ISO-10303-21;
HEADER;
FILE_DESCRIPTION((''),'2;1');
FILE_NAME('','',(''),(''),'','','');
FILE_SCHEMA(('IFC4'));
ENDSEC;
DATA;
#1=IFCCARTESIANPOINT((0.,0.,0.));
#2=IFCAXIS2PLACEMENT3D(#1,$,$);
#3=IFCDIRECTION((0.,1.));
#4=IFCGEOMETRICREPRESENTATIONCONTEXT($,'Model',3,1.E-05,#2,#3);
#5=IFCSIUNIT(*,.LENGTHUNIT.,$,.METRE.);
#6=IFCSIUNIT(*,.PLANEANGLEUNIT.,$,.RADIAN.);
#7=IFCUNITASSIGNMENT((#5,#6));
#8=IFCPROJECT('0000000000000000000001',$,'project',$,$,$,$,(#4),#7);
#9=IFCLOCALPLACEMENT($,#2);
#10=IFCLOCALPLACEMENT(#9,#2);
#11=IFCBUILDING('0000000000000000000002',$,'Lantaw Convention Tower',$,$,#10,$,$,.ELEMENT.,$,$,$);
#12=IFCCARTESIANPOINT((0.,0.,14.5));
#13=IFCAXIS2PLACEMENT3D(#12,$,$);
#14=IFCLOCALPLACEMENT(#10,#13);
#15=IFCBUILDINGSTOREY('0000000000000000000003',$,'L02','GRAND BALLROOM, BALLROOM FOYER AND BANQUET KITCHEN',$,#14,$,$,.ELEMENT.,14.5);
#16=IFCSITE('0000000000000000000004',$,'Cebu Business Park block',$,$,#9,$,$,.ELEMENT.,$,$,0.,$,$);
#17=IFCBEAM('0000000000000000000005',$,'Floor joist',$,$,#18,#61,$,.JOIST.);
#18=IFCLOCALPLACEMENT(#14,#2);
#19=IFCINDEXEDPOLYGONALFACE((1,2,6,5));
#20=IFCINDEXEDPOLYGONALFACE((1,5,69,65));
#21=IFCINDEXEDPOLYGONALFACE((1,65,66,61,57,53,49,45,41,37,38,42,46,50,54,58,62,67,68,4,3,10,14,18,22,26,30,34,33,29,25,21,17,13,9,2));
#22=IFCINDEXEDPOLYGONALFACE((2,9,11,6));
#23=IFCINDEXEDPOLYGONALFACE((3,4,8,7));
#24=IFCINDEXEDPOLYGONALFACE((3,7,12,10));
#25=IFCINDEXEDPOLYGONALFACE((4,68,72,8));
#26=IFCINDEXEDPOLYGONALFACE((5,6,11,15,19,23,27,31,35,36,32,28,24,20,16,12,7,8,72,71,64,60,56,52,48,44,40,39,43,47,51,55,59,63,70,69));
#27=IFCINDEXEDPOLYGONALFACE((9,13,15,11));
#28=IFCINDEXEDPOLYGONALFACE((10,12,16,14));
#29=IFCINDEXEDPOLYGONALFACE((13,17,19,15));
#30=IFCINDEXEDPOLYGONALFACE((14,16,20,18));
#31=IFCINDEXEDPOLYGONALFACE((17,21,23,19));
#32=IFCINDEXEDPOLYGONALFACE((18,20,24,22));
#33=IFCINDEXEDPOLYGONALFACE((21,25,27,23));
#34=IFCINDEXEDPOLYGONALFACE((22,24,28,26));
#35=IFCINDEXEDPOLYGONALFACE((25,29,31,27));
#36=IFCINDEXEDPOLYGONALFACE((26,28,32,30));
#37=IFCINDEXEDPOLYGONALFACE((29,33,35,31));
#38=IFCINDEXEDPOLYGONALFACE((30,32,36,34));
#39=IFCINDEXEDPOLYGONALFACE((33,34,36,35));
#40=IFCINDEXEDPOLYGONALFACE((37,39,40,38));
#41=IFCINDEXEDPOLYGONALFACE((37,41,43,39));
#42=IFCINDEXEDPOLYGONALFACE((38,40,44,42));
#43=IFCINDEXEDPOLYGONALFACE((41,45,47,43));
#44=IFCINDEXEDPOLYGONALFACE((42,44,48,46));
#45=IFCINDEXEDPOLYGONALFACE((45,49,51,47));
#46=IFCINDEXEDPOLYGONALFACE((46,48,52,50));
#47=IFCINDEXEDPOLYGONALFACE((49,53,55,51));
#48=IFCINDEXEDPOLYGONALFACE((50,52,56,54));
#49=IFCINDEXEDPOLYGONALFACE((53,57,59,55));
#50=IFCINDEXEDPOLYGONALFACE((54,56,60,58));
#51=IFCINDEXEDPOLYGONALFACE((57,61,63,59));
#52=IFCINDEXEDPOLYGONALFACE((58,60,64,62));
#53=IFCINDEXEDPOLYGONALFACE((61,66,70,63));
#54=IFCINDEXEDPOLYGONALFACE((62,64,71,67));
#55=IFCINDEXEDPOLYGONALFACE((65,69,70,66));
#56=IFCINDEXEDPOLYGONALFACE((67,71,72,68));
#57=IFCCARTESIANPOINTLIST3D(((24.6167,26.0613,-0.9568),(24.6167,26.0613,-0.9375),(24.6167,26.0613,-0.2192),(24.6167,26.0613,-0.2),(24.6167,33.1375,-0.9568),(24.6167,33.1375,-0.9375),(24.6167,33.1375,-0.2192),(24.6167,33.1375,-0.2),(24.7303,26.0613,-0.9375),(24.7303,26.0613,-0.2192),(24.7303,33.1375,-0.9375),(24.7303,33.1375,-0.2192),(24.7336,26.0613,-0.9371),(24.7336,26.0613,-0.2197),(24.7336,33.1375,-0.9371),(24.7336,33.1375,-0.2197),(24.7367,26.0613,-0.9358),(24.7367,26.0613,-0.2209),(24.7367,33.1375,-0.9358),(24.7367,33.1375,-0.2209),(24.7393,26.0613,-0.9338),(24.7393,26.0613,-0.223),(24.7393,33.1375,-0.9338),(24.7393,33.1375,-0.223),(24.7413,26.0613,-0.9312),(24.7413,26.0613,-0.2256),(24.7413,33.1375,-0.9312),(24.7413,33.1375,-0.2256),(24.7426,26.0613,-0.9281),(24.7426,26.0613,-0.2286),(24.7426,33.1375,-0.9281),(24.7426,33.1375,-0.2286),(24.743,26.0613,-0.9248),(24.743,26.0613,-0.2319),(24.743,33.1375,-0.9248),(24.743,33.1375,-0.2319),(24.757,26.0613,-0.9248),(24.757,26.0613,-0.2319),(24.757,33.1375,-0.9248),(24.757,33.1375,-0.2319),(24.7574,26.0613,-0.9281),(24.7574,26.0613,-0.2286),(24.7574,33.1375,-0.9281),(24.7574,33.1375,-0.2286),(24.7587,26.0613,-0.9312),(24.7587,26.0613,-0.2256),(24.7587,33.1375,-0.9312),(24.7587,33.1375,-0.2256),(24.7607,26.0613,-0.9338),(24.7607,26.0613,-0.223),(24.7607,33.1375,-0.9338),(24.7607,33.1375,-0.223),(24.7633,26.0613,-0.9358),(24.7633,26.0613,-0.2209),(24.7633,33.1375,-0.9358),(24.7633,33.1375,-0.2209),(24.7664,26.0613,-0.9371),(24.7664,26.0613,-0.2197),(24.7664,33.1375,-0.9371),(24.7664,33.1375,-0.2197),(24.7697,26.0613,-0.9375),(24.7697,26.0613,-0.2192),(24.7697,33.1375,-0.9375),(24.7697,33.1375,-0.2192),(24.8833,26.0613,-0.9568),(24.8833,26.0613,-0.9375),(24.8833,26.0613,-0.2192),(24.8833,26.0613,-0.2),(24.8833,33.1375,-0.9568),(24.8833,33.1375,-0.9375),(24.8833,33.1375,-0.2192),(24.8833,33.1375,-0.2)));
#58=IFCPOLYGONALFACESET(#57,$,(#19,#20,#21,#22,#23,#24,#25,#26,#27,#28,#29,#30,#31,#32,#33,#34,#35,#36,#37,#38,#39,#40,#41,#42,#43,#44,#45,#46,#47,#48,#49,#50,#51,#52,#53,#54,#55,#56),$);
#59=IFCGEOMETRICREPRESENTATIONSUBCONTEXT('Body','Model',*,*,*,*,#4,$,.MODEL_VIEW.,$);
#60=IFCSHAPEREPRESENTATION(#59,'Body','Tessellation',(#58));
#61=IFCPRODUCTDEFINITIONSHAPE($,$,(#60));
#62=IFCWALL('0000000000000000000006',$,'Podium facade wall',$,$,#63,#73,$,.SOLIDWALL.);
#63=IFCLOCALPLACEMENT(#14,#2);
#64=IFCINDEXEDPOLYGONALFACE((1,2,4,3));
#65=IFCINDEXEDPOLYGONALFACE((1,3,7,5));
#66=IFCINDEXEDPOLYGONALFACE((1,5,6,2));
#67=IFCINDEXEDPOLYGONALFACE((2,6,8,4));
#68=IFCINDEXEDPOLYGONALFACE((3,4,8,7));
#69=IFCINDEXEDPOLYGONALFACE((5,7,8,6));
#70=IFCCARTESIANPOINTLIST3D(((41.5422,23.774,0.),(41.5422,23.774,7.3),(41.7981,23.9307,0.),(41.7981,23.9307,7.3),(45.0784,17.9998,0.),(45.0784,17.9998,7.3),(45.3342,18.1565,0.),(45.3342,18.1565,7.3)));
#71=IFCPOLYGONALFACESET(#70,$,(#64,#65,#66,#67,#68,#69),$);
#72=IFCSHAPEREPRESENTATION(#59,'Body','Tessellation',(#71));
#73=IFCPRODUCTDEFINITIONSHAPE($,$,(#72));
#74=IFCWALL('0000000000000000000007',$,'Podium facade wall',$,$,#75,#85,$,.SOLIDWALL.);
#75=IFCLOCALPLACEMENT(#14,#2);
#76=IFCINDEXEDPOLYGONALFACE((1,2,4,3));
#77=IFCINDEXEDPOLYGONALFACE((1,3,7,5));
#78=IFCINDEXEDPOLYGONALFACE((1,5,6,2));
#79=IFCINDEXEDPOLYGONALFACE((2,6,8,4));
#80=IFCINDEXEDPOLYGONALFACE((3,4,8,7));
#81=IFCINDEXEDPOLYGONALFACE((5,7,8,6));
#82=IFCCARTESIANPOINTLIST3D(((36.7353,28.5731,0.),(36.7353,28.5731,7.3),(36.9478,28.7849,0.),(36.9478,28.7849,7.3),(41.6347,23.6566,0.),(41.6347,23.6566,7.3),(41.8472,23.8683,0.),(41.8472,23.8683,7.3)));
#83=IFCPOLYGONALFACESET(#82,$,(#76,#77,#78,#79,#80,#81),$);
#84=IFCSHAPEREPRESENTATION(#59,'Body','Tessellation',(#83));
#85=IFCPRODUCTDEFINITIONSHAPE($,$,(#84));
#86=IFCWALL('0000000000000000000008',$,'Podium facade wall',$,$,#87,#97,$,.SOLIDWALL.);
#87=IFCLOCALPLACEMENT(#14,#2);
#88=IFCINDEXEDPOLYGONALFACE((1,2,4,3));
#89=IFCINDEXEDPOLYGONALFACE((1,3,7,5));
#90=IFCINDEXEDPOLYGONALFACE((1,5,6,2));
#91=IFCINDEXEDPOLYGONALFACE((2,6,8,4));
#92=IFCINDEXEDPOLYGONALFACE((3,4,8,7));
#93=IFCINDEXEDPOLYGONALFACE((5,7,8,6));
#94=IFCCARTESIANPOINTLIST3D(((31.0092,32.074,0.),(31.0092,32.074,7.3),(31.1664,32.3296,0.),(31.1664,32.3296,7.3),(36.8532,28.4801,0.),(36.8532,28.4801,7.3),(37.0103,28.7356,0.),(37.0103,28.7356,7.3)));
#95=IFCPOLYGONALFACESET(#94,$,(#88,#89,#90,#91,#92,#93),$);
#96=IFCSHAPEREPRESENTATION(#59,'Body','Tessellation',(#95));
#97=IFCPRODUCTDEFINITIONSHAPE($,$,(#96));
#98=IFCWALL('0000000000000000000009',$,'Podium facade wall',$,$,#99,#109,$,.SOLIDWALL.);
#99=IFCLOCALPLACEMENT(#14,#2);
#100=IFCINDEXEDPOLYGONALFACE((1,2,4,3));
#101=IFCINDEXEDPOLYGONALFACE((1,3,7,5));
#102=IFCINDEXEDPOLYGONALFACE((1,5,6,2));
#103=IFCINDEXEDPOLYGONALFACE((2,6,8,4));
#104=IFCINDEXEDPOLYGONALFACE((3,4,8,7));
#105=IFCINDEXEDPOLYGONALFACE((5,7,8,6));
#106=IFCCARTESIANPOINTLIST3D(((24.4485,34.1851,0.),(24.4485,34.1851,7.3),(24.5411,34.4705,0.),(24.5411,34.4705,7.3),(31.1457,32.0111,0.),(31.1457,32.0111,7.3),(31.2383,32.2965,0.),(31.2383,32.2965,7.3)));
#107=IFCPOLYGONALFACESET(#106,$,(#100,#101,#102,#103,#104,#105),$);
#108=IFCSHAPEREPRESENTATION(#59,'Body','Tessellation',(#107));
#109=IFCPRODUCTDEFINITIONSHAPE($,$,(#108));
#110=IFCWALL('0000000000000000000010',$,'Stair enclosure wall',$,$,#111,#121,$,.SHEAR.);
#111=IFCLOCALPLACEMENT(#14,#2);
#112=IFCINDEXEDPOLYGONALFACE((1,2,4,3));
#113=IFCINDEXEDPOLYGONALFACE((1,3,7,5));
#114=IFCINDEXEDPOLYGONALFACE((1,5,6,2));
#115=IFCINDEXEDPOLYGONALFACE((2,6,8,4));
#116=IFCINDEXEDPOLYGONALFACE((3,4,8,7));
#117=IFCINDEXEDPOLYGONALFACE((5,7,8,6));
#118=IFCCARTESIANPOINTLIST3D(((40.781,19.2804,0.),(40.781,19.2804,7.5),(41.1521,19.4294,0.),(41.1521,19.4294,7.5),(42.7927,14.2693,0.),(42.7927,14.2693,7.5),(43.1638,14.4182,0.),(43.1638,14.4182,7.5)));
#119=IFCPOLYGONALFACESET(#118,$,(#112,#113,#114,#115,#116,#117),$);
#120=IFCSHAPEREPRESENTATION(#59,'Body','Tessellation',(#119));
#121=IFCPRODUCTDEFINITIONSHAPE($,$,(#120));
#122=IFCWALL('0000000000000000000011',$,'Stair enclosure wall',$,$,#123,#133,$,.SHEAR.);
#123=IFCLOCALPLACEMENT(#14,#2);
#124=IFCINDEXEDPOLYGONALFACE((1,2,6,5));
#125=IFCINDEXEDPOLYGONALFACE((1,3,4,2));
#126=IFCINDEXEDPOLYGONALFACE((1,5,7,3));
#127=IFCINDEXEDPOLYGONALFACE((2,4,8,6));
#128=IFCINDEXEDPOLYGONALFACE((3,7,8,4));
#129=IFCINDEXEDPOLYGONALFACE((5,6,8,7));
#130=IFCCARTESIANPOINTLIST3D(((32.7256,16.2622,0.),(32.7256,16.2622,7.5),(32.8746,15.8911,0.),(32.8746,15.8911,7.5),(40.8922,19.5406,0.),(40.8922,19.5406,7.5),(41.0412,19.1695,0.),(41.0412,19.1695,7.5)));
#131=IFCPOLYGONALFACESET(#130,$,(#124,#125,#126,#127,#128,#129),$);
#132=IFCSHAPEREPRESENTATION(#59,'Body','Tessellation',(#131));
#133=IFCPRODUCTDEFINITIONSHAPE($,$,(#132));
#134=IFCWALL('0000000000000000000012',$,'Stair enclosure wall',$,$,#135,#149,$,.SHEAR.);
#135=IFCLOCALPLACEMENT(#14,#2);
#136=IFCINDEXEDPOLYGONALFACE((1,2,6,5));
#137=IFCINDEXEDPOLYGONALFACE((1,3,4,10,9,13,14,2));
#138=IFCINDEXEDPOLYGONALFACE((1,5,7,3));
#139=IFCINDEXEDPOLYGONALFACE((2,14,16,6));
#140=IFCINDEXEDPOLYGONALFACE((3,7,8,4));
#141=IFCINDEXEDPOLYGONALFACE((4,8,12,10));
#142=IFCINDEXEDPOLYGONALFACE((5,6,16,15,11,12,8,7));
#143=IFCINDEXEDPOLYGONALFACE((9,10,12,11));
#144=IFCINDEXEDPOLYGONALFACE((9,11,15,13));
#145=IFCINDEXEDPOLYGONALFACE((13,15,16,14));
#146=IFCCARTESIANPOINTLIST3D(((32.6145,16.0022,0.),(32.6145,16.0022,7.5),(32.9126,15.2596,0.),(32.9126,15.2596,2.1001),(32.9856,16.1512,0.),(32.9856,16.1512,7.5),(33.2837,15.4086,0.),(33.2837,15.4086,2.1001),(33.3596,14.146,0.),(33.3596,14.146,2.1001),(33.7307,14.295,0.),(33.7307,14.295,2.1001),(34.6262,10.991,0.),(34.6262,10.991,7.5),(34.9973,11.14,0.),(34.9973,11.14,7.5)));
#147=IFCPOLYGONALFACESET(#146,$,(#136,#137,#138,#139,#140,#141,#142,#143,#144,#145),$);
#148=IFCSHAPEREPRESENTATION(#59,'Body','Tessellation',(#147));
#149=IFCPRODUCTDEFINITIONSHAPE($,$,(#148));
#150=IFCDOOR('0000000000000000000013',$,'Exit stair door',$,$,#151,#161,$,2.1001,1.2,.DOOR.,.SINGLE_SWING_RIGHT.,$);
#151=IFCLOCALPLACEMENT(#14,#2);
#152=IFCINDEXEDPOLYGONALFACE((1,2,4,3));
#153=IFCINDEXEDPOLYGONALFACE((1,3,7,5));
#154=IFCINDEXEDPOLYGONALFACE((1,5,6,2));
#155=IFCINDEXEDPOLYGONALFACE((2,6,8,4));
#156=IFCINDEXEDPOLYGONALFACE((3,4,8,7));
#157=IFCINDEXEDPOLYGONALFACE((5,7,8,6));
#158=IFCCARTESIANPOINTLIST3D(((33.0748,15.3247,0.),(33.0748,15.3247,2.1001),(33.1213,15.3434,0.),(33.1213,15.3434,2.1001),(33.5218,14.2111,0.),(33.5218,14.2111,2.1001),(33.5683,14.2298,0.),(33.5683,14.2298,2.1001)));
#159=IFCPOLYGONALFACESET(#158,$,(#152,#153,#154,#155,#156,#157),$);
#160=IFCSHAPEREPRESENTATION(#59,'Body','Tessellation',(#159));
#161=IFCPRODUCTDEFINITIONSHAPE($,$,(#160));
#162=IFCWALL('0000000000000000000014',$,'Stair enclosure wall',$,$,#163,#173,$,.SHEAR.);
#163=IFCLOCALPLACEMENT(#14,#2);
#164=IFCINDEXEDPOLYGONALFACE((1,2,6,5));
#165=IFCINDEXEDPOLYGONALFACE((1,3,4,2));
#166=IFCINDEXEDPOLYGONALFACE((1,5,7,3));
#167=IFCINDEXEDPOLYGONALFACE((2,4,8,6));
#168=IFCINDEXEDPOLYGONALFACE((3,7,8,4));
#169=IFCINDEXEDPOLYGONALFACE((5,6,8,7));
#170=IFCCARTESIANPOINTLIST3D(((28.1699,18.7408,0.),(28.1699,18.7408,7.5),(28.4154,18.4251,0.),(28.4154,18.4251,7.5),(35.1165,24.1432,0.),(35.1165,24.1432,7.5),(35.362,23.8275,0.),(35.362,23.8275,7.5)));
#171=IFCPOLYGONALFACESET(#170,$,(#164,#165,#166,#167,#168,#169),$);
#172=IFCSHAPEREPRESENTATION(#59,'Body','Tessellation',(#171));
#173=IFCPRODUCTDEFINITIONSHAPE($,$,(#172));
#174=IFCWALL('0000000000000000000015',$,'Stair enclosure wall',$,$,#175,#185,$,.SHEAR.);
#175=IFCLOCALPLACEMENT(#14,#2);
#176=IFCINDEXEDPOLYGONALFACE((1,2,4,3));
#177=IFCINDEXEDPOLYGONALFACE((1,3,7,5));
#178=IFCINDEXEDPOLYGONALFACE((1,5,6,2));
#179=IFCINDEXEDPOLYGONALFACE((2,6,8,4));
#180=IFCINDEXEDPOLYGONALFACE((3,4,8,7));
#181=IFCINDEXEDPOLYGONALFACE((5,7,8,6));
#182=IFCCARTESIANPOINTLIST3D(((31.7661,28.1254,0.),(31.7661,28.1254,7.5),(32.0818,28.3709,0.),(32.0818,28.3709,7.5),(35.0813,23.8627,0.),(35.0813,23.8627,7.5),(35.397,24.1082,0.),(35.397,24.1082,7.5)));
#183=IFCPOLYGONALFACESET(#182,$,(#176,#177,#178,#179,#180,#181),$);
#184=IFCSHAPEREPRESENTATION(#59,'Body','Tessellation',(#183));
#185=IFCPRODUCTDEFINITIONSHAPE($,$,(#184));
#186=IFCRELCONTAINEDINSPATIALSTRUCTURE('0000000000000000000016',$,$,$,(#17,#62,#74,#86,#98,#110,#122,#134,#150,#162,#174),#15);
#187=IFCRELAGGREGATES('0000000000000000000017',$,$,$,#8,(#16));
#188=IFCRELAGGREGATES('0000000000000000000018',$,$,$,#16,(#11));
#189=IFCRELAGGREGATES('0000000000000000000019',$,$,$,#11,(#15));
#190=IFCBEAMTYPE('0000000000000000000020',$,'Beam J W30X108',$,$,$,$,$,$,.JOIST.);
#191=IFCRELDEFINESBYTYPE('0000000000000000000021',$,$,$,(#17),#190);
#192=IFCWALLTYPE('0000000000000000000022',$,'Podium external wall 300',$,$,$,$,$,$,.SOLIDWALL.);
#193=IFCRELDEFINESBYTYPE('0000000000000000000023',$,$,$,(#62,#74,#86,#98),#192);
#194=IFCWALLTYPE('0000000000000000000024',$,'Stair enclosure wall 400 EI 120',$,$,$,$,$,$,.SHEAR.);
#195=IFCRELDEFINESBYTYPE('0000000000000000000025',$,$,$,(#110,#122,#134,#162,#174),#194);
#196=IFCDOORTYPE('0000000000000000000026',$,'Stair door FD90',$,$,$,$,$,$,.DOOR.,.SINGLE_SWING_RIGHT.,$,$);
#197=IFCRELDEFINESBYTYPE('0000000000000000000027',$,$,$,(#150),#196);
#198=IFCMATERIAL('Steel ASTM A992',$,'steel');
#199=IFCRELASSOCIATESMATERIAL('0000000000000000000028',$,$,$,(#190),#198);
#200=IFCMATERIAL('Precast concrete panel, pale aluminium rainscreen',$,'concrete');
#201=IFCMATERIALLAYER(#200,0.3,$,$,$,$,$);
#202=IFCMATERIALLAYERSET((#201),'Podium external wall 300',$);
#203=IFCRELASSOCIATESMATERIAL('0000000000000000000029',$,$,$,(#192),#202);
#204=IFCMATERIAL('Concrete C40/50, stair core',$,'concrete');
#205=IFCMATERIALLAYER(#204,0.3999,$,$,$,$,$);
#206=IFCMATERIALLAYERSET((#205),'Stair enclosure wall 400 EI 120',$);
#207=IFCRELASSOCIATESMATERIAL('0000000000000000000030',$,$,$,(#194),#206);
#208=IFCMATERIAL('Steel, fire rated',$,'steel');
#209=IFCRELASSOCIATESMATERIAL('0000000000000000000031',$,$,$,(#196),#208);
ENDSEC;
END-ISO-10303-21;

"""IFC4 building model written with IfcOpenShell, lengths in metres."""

from ifc_helpers import new_model, si_unit, direction, frame, frame_2d, origin, origin_2d, place, context, subcontext, project, spatial, rectangle, i_section, extrude, material, layer, layer_set, material_profile, profile_set, type_object, element, fill, save


model = new_model("IFC4")

# Units and contexts
model_context = context("Model", 3, precision=1e-05, world=origin(), true_north=direction((0.0, 1.0)))
body_context = subcontext(model_context, "Body", "Model", "MODEL_VIEW")
ifc_project = project(units=[si_unit("LENGTHUNIT", "METRE"), si_unit("PLANEANGLEUNIT", "RADIAN")], contexts=[model_context])

# Site, building, storey
site_placement = place(None, origin())
site = spatial("IfcSite", under=ifc_project, at=site_placement, Name="Cebu Business Park block", CompositionType="ELEMENT", RefElevation=0.0)
building_placement = place(site_placement, origin())
building = spatial("IfcBuilding", under=site, at=building_placement, Name="Lantaw Convention Tower", CompositionType="ELEMENT")
storey_placement = place(building_placement, frame((0.0, 0.0, 14.5)))
storey = spatial("IfcBuildingStorey", under=building, at=storey_placement, Name="L02", Description="GRAND BALLROOM, BALLROOM FOYER AND BANQUET KITCHEN", CompositionType="ELEMENT", Elevation=14.5)

# Beam
ifc_material_1 = material(Name="Steel ASTM A992", Category="steel")
ifc_material_profile_1 = material_profile(ifc_material_1, i_section(OverallWidth=0.2666, OverallDepth=0.7568, WebThickness=0.0139, FlangeThickness=0.0193, FilletRadius=0.0127, at=origin_2d()), Name="W30X108")
ifc_profile_set_1 = profile_set([ifc_material_profile_1], Name="Steel ASTM A992")
beam_type_1 = type_object("IfcBeamType", Name="Beam J W30X108", PredefinedType="JOIST", material=ifc_profile_set_1)
beam_1_placement = place(storey_placement, frame((24.75, 26.0613, -0.5784), z_axis=(0.0, 1.0, 0.0), x_axis=(-1.0, 0.0, 0.0)))
element("IfcBeam", 1, at=beam_1_placement, inside=storey, type_object=beam_type_1, Name="Floor joist", PredefinedType="JOIST", context=body_context, shape_type="SweptSolid", body=[
    extrude(i_section(OverallWidth=0.2666, OverallDepth=0.7568, WebThickness=0.0139, FlangeThickness=0.0193, FilletRadius=0.0127, at=origin_2d()), origin(), (0.0, 0.0, 1.0), 7.0762),
])

# Walls
ifc_material_2 = material(Name="Precast concrete panel, pale aluminium rainscreen", Category="concrete")
ifc_layer_1 = layer(ifc_material_2, 0.3)
ifc_layer_set_1 = layer_set([ifc_layer_1], Name="Podium external wall 300")
wall_type_1 = type_object("IfcWallType", Name="Podium external wall 300", PredefinedType="SOLIDWALL", material=ifc_layer_set_1)
wall_1_placement = place(storey_placement, frame((45.2063, 18.0781, 0.0), z_axis=(0.0, 0.0, 1.0), x_axis=(-0.522253, 0.85279, 0.0)))
element("IfcWall", 2, at=wall_1_placement, inside=storey, type_object=wall_type_1, Name="Podium facade wall", PredefinedType="SOLIDWALL", context=body_context, shape_type="SweptSolid", body=[
    extrude(rectangle(XDim=6.771, YDim=0.3, at=frame_2d((3.3855, 0.0))), origin(), (0.0, 0.0, 1.0), 7.3),
])
wall_2_placement = place(storey_placement, frame((41.741, 23.7625, 0.0), z_axis=(0.0, 0.0, 1.0), x_axis=(-0.705875, 0.708337, 0.0)))
element("IfcWall", 3, at=wall_2_placement, inside=storey, type_object=wall_type_1, Name="Podium facade wall", PredefinedType="SOLIDWALL", context=body_context, shape_type="SweptSolid", body=[
    extrude(rectangle(XDim=6.9409, YDim=0.3, at=frame_2d((3.4705, 0.0))), origin(), (0.0, 0.0, 1.0), 7.3),
])
wall_3_placement = place(storey_placement, frame((36.9316, 28.6079, 0.0), z_axis=(0.0, 0.0, 1.0), x_axis=(-0.851809, 0.523853, 0.0)))
element("IfcWall", 4, at=wall_3_placement, inside=storey, type_object=wall_type_1, Name="Podium facade wall", PredefinedType="SOLIDWALL", context=body_context, shape_type="SweptSolid", body=[
    extrude(rectangle(XDim=6.8606, YDim=0.3, at=frame_2d((3.4302, 0.0))), origin(), (0.0, 0.0, 1.0), 7.3),
])
wall_4_placement = place(storey_placement, frame((31.1919, 32.1538, 0.0), z_axis=(0.0, 0.0, 1.0), x_axis=(-0.95114, 0.30876, 0.0)))
element("IfcWall", 5, at=wall_4_placement, inside=storey, type_object=wall_type_1, Name="Podium facade wall", PredefinedType="SOLIDWALL", context=body_context, shape_type="SweptSolid", body=[
    extrude(rectangle(XDim=7.0413, YDim=0.3, at=frame_2d((3.5205, 0.0))), origin(), (0.0, 0.0, 1.0), 7.3),
])
ifc_material_3 = material(Name="Concrete C40/50, stair core", Category="concrete")
ifc_layer_2 = layer(ifc_material_3, 0.3999)
ifc_layer_set_2 = layer_set([ifc_layer_2], Name="Stair enclosure wall 400 EI 120")
wall_type_2 = type_object("IfcWallType", Name="Stair enclosure wall 400 EI 120", PredefinedType="SHEAR", material=ifc_layer_set_2)
wall_5_placement = place(storey_placement, frame((42.9783, 14.3438, 0.0), z_axis=(0.0, 0.0, 1.0), x_axis=(-0.372544, 0.928015, 0.0)))
element("IfcWall", 6, at=wall_5_placement, inside=storey, type_object=wall_type_2, Name="Stair enclosure wall", PredefinedType="SHEAR", context=body_context, shape_type="SweptSolid", body=[
    extrude(rectangle(XDim=5.3999, YDim=0.3999, at=frame_2d((2.7, 0.0))), origin(), (0.0, 0.0, 1.0), 7.5),
])
wall_6_placement = place(storey_placement, frame((40.9666, 19.355, 0.0), z_axis=(0.0, 0.0, 1.0), x_axis=(-0.928017, -0.372538, 0.0)))
element("IfcWall", 7, at=wall_6_placement, inside=storey, type_object=wall_type_2, Name="Stair enclosure wall", PredefinedType="SHEAR", context=body_context, shape_type="SweptSolid", body=[
    extrude(rectangle(XDim=8.8, YDim=0.3999, at=frame_2d((4.3999, 0.0))), origin(), (0.0, 0.0, 1.0), 7.5),
])

# Wall, opening, door
wall_7_placement = place(storey_placement, frame((32.8, 16.0767, 0.0), z_axis=(0.0, 0.0, 1.0), x_axis=(0.372544, -0.928015, 0.0)))
wall_7 = element("IfcWall", 8, at=wall_7_placement, inside=storey, type_object=wall_type_2, Name="Stair enclosure wall", PredefinedType="SHEAR", context=body_context, shape_type="SweptSolid", body=[
    extrude(rectangle(XDim=5.3999, YDim=0.3999, at=frame_2d((2.7, 0.0))), origin(), (0.0, 0.0, 1.0), 7.5),
])
opening_1_placement = place(wall_7_placement, frame((0.8, 0.0, 0.0)))
opening_1 = element("IfcOpeningElement", 9, at=opening_1_placement, cuts=wall_7, PredefinedType="OPENING", context=body_context, shape_type="SweptSolid", body=[
    extrude(rectangle(XDim=1.2, YDim=2.1001, at=frame_2d((0.6001, 1.05))), frame((0.0, 0.21, 0.0), z_axis=(0.0, -1.0, 0.0), x_axis=(1.0, 0.0, 0.0)), (0.0, 0.0, 1.0), 0.4199),
])
ifc_material_4 = material(Name="Steel, fire rated", Category="steel")
door_type = type_object("IfcDoorType", Name="Stair door FD90", OperationType="SINGLE_SWING_RIGHT", PredefinedType="DOOR", material=ifc_material_4)
door_1_placement = place(opening_1_placement, origin())
door_1 = element("IfcDoor", 10, at=door_1_placement, inside=storey, type_object=door_type, Name="Exit stair door", OperationType="SINGLE_SWING_RIGHT", OverallHeight=2.1001, OverallWidth=1.2, PredefinedType="DOOR", context=body_context, shape_type="SweptSolid", body=[
    extrude(rectangle(XDim=1.2, YDim=2.1001, at=frame_2d((0.6001, 1.05))), frame((0.0, 0.0249, 0.0), z_axis=(0.0, -1.0, 0.0), x_axis=(1.0, 0.0, 0.0)), (0.0, 0.0, 1.0), 0.05),
])
fill(opening_1, door_1)

# Walls
wall_8_placement = place(storey_placement, frame((28.2927, 18.583, 0.0), z_axis=(0.0, 0.0, 1.0), x_axis=(0.789381, 0.613904, 0.0)))
element("IfcWall", 11, at=wall_8_placement, inside=storey, type_object=wall_type_2, Name="Stair enclosure wall", PredefinedType="SHEAR", context=body_context, shape_type="SweptSolid", body=[
    extrude(rectangle(XDim=8.8, YDim=0.3999, at=frame_2d((4.3999, 0.0))), origin(), (0.0, 0.0, 1.0), 7.5),
])
wall_9_placement = place(storey_placement, frame((35.2393, 23.9854, 0.0), z_axis=(0.0, 0.0, 1.0), x_axis=(-0.613912, 0.789374, 0.0)))
element("IfcWall", 12, at=wall_9_placement, inside=storey, type_object=wall_type_2, Name="Stair enclosure wall", PredefinedType="SHEAR", context=body_context, shape_type="SweptSolid", body=[
    extrude(rectangle(XDim=5.4001, YDim=0.3999, at=frame_2d((2.7002, 0.0))), origin(), (0.0, 0.0, 1.0), 7.5),
])

save(model, "model.ifc")
